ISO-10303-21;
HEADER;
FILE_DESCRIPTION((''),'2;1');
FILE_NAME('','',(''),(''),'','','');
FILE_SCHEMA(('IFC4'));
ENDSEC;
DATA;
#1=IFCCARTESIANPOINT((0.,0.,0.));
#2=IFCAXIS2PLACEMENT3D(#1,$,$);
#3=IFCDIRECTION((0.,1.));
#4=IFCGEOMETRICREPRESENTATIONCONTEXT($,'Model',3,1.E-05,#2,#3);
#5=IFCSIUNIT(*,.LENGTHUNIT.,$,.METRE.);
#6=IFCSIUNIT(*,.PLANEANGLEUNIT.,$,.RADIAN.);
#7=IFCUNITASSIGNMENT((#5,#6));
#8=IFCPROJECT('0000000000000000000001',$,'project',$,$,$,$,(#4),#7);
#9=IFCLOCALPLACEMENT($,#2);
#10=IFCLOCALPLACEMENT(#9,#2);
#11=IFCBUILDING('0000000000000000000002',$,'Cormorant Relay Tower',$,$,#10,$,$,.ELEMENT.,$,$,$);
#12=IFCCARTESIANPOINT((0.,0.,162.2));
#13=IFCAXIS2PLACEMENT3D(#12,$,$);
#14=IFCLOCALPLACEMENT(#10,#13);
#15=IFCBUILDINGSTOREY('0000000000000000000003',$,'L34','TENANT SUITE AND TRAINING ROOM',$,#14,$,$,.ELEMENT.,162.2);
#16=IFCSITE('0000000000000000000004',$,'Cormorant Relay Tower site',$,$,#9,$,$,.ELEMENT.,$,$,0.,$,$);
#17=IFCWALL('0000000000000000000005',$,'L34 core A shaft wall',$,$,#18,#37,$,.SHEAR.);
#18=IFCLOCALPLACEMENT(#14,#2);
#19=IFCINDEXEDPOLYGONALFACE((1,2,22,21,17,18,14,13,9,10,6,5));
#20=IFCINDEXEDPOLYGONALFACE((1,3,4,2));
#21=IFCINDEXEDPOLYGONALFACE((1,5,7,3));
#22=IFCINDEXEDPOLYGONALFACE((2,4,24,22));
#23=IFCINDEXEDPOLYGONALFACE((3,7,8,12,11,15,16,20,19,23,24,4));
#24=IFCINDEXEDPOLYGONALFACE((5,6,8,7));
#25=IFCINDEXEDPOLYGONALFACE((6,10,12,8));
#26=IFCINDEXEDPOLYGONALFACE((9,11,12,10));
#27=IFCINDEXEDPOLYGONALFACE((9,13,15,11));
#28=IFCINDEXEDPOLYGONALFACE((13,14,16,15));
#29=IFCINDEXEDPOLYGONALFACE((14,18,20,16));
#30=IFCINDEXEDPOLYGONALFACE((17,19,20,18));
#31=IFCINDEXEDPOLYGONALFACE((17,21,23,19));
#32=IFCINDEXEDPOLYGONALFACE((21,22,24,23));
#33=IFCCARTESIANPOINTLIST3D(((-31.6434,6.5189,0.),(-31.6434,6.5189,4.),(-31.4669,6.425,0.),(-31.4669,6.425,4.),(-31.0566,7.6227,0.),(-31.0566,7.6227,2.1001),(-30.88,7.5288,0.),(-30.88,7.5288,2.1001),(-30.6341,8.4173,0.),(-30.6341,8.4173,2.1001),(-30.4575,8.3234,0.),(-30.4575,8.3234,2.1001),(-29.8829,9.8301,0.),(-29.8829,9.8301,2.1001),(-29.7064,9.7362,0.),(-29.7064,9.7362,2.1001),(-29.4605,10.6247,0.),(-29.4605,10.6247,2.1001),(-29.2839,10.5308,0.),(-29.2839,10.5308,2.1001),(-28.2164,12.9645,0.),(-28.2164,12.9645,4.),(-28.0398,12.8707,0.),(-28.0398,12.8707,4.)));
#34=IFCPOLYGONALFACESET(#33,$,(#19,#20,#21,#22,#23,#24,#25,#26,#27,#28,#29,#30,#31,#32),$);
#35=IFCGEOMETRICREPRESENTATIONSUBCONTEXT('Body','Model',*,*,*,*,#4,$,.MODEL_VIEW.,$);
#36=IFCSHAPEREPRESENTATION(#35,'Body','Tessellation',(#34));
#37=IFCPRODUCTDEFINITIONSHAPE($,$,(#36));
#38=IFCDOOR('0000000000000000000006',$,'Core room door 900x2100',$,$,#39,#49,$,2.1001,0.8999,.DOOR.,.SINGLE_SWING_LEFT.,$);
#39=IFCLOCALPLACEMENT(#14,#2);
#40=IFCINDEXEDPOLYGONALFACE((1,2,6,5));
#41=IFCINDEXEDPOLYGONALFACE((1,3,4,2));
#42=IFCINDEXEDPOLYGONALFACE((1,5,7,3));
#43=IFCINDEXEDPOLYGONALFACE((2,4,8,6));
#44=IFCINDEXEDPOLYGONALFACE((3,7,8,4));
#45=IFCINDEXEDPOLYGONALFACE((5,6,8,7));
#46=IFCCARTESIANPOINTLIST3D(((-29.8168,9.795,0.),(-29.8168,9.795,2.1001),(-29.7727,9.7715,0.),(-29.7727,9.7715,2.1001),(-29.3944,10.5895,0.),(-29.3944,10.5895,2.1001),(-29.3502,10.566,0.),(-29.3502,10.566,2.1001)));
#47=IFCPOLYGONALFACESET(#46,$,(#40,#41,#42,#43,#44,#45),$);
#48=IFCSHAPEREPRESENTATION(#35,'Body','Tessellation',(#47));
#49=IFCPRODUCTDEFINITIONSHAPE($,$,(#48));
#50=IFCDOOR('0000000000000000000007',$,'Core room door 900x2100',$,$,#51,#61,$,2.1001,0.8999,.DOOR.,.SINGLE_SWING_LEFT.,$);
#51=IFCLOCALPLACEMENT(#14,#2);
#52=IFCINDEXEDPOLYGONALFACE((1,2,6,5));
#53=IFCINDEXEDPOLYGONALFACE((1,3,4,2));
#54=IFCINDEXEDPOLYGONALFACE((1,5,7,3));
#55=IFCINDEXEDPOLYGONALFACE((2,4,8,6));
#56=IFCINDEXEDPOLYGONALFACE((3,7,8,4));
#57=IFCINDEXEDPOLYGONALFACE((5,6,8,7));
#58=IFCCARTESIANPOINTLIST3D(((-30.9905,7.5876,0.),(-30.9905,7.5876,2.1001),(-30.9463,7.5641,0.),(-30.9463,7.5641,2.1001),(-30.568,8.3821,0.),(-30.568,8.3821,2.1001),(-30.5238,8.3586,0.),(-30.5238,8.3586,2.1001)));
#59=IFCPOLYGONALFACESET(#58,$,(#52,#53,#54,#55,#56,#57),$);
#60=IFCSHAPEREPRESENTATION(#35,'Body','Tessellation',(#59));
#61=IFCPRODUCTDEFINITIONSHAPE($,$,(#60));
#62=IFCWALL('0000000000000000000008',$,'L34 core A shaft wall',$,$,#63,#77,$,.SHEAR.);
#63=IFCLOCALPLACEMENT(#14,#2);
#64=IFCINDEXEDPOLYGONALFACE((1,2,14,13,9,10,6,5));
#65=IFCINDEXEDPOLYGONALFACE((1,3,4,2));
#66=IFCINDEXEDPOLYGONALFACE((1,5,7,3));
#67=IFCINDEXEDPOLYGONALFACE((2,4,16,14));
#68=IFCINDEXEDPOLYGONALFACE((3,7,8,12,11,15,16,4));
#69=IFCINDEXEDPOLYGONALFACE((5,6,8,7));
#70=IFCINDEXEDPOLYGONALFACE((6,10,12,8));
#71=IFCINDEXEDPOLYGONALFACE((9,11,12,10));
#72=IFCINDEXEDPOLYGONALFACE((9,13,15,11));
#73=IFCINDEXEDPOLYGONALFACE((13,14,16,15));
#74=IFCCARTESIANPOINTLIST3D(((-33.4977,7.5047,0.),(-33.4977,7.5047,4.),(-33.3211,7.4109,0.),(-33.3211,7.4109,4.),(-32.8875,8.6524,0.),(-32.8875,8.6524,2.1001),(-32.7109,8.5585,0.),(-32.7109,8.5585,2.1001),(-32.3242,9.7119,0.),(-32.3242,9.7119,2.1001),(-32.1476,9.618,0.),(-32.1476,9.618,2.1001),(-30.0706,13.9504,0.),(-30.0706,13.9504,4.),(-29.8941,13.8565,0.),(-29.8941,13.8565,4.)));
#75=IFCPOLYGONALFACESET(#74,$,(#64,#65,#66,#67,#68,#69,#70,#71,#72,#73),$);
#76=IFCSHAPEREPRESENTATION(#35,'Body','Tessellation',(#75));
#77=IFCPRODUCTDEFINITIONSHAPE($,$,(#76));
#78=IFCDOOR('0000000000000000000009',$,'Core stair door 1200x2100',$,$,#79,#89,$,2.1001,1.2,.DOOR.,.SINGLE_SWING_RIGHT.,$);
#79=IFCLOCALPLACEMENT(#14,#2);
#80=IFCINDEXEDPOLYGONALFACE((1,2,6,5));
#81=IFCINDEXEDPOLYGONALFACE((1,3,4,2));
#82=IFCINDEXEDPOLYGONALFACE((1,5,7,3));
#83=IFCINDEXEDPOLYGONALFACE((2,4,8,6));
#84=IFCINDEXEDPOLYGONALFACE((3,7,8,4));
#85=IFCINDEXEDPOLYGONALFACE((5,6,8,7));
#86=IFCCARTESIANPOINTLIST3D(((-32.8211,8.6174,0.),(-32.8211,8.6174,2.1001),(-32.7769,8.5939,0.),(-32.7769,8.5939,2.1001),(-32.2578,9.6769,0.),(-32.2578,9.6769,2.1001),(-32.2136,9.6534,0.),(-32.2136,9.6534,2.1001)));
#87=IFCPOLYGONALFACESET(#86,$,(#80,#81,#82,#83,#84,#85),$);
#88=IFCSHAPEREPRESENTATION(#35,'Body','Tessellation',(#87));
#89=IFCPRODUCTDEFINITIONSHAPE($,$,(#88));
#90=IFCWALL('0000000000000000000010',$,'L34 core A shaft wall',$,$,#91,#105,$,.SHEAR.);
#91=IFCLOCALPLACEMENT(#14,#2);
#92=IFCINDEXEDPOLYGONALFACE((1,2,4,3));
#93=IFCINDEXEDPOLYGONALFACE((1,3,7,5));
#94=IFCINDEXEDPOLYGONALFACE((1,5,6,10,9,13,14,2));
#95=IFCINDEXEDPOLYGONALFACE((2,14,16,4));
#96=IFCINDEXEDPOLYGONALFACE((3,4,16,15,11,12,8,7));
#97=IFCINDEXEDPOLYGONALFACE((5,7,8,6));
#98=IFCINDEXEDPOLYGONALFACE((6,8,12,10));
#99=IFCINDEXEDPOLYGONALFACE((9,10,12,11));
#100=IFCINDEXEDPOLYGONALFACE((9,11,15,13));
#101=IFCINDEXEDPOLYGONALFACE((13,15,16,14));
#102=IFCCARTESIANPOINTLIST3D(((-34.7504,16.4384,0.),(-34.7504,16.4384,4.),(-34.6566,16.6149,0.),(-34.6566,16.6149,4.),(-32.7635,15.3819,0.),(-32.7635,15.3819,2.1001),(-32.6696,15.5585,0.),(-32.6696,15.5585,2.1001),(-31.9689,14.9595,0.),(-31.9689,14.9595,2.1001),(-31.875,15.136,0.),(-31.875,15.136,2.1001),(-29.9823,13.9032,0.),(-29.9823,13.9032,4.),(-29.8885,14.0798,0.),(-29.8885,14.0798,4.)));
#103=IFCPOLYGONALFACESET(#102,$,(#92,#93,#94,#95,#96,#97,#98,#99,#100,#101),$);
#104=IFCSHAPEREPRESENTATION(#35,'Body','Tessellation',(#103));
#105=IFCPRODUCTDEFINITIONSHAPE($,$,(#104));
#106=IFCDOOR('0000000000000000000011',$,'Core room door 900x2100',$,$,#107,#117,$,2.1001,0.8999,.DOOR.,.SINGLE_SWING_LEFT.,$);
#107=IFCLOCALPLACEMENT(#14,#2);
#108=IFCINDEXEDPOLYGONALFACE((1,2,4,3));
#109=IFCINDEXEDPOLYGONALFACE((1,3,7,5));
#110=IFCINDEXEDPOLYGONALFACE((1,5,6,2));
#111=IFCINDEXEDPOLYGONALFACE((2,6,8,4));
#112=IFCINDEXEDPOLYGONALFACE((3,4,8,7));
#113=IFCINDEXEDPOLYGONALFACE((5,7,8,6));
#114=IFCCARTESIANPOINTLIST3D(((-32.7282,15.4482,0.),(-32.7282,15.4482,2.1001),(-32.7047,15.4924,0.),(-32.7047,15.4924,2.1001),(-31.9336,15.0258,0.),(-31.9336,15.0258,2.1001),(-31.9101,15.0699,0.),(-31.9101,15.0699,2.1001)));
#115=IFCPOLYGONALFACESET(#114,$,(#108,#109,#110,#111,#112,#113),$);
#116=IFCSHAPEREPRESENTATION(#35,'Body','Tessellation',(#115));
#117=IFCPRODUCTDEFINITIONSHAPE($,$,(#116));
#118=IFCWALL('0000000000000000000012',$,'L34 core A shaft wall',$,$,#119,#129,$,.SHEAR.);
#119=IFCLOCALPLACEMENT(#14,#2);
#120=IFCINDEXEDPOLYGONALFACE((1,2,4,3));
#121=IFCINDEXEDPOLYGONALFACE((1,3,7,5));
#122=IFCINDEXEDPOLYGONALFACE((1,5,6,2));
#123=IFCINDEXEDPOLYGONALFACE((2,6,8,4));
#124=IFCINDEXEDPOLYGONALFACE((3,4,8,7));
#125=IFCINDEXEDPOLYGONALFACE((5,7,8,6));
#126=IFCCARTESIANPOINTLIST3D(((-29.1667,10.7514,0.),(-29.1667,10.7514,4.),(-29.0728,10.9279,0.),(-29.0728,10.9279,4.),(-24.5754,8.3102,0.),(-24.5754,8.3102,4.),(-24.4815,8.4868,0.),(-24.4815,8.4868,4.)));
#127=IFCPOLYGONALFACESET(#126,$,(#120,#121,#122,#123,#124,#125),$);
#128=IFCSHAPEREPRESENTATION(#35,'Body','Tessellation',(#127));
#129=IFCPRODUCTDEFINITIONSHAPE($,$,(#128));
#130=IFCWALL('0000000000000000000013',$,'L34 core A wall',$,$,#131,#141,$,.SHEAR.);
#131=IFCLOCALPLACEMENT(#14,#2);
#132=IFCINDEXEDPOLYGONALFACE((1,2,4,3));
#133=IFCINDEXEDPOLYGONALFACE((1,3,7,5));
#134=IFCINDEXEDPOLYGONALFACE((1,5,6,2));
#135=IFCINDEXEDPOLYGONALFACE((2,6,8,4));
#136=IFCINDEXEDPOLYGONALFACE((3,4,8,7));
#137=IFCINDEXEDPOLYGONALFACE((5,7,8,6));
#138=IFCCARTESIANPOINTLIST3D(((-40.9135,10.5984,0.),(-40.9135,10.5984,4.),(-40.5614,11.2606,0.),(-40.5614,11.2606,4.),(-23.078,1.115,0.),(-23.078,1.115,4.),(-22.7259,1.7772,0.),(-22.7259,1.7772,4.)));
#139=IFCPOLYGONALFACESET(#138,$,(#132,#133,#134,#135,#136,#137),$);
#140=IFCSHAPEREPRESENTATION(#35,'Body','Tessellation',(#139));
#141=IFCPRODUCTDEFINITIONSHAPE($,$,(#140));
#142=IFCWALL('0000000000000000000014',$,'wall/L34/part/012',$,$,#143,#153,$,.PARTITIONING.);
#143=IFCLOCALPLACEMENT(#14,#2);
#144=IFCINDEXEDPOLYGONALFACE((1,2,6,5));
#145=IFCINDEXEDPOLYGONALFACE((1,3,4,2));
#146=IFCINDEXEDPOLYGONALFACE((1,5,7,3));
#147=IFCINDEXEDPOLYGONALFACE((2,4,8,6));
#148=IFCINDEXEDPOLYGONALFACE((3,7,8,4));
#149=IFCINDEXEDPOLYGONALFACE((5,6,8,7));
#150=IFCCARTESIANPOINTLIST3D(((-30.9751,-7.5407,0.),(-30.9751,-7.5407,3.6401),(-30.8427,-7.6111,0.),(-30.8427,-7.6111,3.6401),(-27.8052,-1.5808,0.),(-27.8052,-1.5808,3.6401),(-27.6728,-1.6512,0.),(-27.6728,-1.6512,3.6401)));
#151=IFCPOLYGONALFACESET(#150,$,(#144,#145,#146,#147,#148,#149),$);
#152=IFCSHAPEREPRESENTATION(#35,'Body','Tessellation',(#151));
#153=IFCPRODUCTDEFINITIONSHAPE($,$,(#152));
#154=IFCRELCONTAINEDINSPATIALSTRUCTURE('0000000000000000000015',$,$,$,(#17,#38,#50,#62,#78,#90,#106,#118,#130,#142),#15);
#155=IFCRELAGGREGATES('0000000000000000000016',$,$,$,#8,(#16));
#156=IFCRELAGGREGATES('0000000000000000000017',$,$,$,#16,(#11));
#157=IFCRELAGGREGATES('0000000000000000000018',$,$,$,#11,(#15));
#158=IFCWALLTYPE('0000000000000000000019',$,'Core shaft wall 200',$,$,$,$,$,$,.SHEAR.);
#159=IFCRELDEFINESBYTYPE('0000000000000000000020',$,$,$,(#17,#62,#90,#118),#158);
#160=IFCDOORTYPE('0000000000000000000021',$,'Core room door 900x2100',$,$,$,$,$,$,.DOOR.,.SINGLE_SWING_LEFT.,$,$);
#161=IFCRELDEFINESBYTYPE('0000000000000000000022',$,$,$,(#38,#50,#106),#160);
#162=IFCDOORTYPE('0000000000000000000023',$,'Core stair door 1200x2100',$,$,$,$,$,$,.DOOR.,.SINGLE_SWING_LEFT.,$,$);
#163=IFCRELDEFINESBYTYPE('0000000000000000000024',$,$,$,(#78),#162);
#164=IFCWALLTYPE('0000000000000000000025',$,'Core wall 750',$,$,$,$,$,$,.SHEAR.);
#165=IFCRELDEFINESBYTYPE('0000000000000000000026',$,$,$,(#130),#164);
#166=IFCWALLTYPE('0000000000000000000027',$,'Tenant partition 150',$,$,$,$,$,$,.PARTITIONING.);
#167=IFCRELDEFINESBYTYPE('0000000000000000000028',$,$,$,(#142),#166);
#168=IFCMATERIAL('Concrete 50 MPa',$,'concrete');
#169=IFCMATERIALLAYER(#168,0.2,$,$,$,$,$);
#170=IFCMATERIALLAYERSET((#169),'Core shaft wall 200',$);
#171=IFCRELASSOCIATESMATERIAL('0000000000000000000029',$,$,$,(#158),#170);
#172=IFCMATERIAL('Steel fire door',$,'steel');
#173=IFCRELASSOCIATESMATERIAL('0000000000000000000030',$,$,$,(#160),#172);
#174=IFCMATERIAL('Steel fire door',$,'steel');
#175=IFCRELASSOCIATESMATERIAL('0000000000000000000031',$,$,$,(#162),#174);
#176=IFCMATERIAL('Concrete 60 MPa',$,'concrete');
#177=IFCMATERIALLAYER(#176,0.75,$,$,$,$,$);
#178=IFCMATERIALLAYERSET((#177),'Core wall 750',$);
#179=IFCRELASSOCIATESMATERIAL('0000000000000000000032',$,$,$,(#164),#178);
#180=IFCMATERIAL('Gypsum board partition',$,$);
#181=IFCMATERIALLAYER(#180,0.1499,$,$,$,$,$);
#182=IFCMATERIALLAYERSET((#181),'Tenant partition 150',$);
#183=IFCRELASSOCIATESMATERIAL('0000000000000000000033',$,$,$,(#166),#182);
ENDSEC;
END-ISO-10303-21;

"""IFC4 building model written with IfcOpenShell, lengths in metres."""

from ifc_helpers import new_model, si_unit, direction, frame, frame_2d, origin, place, context, subcontext, project, spatial, rectangle, extrude, material, layer, layer_set, type_object, element, fill, save


model = new_model("IFC4")

# Units and contexts
model_context = context("Model", 3, precision=1e-05, world=origin(), true_north=direction((0.0, 1.0)))
body_context = subcontext(model_context, "Body", "Model", "MODEL_VIEW")
ifc_project = project(units=[si_unit("LENGTHUNIT", "METRE"), si_unit("PLANEANGLEUNIT", "RADIAN")], contexts=[model_context])

# Site, building, storey
site_placement = place(None, origin())
site = spatial("IfcSite", under=ifc_project, at=site_placement, Name="Cormorant Relay Tower site", CompositionType="ELEMENT", RefElevation=0.0)
building_placement = place(site_placement, origin())
building = spatial("IfcBuilding", under=site, at=building_placement, Name="Cormorant Relay Tower", CompositionType="ELEMENT")
storey_placement = place(building_placement, frame((0.0, 0.0, 162.2)))
storey = spatial("IfcBuildingStorey", under=building, at=storey_placement, Name="L34", Description="TENANT SUITE AND TRAINING ROOM", CompositionType="ELEMENT", Elevation=162.2)

# Shared definitions
ifc_material_1 = material(Name="Concrete 50 MPa", Category="concrete")
ifc_layer_1 = layer(ifc_material_1, 0.2)
ifc_layer_set_1 = layer_set([ifc_layer_1], Name="Core shaft wall 200")
wall_type_1 = type_object("IfcWallType", Name="Core shaft wall 200", PredefinedType="SHEAR", material=ifc_layer_set_1)

# Wall, openings, doors
wall_1_placement = place(storey_placement, frame((-28.1282, 12.9175, 0.0), z_axis=(0.0, 0.0, 1.0), x_axis=(-0.469454, -0.882957, 0.0)))
wall_1 = element("IfcWall", 1, at=wall_1_placement, inside=storey, type_object=wall_type_1, Name="L34 core A shaft wall", PredefinedType="SHEAR", context=body_context, shape_type="SweptSolid", body=[
    extrude(rectangle(XDim=7.3, YDim=0.2, at=frame_2d((3.6499, 0.0))), origin(), (0.0, 0.0, 1.0), 4.0),
])
opening_1_placement = place(wall_1_placement, frame((2.6499, 0.0, 0.0)))
opening_1 = element("IfcOpeningElement", 2, at=opening_1_placement, cuts=wall_1, PredefinedType="OPENING", context=body_context, shape_type="SweptSolid", body=[
    extrude(rectangle(XDim=0.8999, YDim=2.1001, at=frame_2d((0.45, 1.05))), frame((0.0, 0.1099, 0.0), z_axis=(0.0, -1.0, 0.0), x_axis=(1.0, 0.0, 0.0)), (0.0, 0.0, 1.0), 0.22),
])
opening_2_placement = place(wall_1_placement, frame((5.1499, 0.0, 0.0)))
opening_2 = element("IfcOpeningElement", 3, at=opening_2_placement, cuts=wall_1, PredefinedType="OPENING", context=body_context, shape_type="SweptSolid", body=[
    extrude(rectangle(XDim=0.8999, YDim=2.1001, at=frame_2d((0.45, 1.05))), frame((0.0, 0.1099, 0.0), z_axis=(0.0, -1.0, 0.0), x_axis=(1.0, 0.0, 0.0)), (0.0, 0.0, 1.0), 0.22),
])
ifc_material_2 = material(Name="Steel fire door", Category="steel")
door_type_1 = type_object("IfcDoorType", Name="Core room door 900x2100", OperationType="SINGLE_SWING_LEFT", PredefinedType="DOOR", material=ifc_material_2)
door_1_placement = place(opening_1_placement, origin())
door_1 = element("IfcDoor", 4, at=door_1_placement, inside=storey, type_object=door_type_1, Name="Core room door 900x2100", OperationType="SINGLE_SWING_LEFT", OverallHeight=2.1001, OverallWidth=0.8999, PredefinedType="DOOR", context=body_context, shape_type="SweptSolid", body=[
    extrude(rectangle(XDim=0.8999, YDim=2.1001, at=frame_2d((0.45, 1.05))), frame((0.0, 0.0249, 0.0), z_axis=(0.0, -1.0, 0.0), x_axis=(1.0, 0.0, 0.0)), (0.0, 0.0, 1.0), 0.05),
])
fill(opening_1, door_1)
door_2_placement = place(opening_2_placement, origin())
door_2 = element("IfcDoor", 5, at=door_2_placement, inside=storey, type_object=door_type_1, Name="Core room door 900x2100", OperationType="SINGLE_SWING_LEFT", OverallHeight=2.1001, OverallWidth=0.8999, PredefinedType="DOOR", context=body_context, shape_type="SweptSolid", body=[
    extrude(rectangle(XDim=0.8999, YDim=2.1001, at=frame_2d((0.45, 1.05))), frame((0.0, 0.0249, 0.0), z_axis=(0.0, -1.0, 0.0), x_axis=(1.0, 0.0, 0.0)), (0.0, 0.0, 1.0), 0.05),
])
fill(opening_2, door_2)

# Walls, openings, doors
wall_2_placement = place(storey_placement, frame((-29.9824, 13.9033, 0.0), z_axis=(0.0, 0.0, 1.0), x_axis=(-0.469454, -0.882957, 0.0)))
wall_2 = element("IfcWall", 6, at=wall_2_placement, inside=storey, type_object=wall_type_1, Name="L34 core A shaft wall", PredefinedType="SHEAR", context=body_context, shape_type="SweptSolid", body=[
    extrude(rectangle(XDim=7.3, YDim=0.2, at=frame_2d((3.6499, 0.0))), origin(), (0.0, 0.0, 1.0), 4.0),
])
opening_3_placement = place(wall_2_placement, frame((4.8, 0.0, 0.0)))
opening_3 = element("IfcOpeningElement", 7, at=opening_3_placement, cuts=wall_2, PredefinedType="OPENING", context=body_context, shape_type="SweptSolid", body=[
    extrude(rectangle(XDim=1.2, YDim=2.1001, at=frame_2d((0.6001, 1.05))), frame((0.0, 0.1099, 0.0), z_axis=(0.0, -1.0, 0.0), x_axis=(1.0, 0.0, 0.0)), (0.0, 0.0, 1.0), 0.22),
])
ifc_material_3 = material(Name="Steel fire door", Category="steel")
door_type_2 = type_object("IfcDoorType", Name="Core stair door 1200x2100", OperationType="SINGLE_SWING_LEFT", PredefinedType="DOOR", material=ifc_material_3)
door_3_placement = place(opening_3_placement, frame((1.2, 0.0, 0.0), z_axis=(0.0, 0.0, 1.0), x_axis=(-1.0, 0.0, 0.0)))
door_3 = element("IfcDoor", 8, at=door_3_placement, inside=storey, type_object=door_type_2, Name="Core stair door 1200x2100", OperationType="SINGLE_SWING_RIGHT", OverallHeight=2.1001, OverallWidth=1.2, PredefinedType="DOOR", context=body_context, shape_type="SweptSolid", body=[
    extrude(rectangle(XDim=1.2, YDim=2.1001, at=frame_2d((0.6001, 1.05))), frame((0.0, 0.0249, 0.0), z_axis=(0.0, -1.0, 0.0), x_axis=(1.0, 0.0, 0.0)), (0.0, 0.0, 1.0), 0.05),
])
fill(opening_3, door_3)
wall_3_placement = place(storey_placement, frame((-29.9353, 13.9915, 0.0), z_axis=(0.0, 0.0, 1.0), x_axis=(-0.882953, 0.469462, 0.0)))
wall_3 = element("IfcWall", 9, at=wall_3_placement, inside=storey, type_object=wall_type_1, Name="L34 core A shaft wall", PredefinedType="SHEAR", context=body_context, shape_type="SweptSolid", body=[
    extrude(rectangle(XDim=5.4001, YDim=0.2, at=frame_2d((2.7002, 0.0))), origin(), (0.0, 0.0, 1.0), 4.0),
])
opening_4_placement = place(wall_3_placement, frame((2.25, 0.0, 0.0)))
opening_4 = element("IfcOpeningElement", 10, at=opening_4_placement, cuts=wall_3, PredefinedType="OPENING", context=body_context, shape_type="SweptSolid", body=[
    extrude(rectangle(XDim=0.8999, YDim=2.1001, at=frame_2d((0.45, 1.05))), frame((0.0, 0.1099, 0.0), z_axis=(0.0, -1.0, 0.0), x_axis=(1.0, 0.0, 0.0)), (0.0, 0.0, 1.0), 0.22),
])
door_4_placement = place(opening_4_placement, origin())
door_4 = element("IfcDoor", 11, at=door_4_placement, inside=storey, type_object=door_type_1, Name="Core room door 900x2100", OperationType="SINGLE_SWING_LEFT", OverallHeight=2.1001, OverallWidth=0.8999, PredefinedType="DOOR", context=body_context, shape_type="SweptSolid", body=[
    extrude(rectangle(XDim=0.8999, YDim=2.1001, at=frame_2d((0.45, 1.05))), frame((0.0, 0.0249, 0.0), z_axis=(0.0, -1.0, 0.0), x_axis=(1.0, 0.0, 0.0)), (0.0, 0.0, 1.0), 0.05),
])
fill(opening_4, door_4)

# Walls
wall_4_placement = place(storey_placement, frame((-24.5283, 8.3984, 0.0), z_axis=(0.0, 0.0, 1.0), x_axis=(-0.882954, 0.46946, 0.0)))
element("IfcWall", 12, at=wall_4_placement, inside=storey, type_object=wall_type_1, Name="L34 core A shaft wall", PredefinedType="SHEAR", context=body_context, shape_type="SweptSolid", body=[
    extrude(rectangle(XDim=5.2, YDim=0.2, at=frame_2d((2.6001, 0.0))), origin(), (0.0, 0.0, 1.0), 4.0),
])
ifc_material_4 = material(Name="Concrete 60 MPa", Category="concrete")
ifc_layer_2 = layer(ifc_material_4, 0.75)
ifc_layer_set_2 = layer_set([ifc_layer_2], Name="Core wall 750")
wall_type_2 = type_object("IfcWallType", Name="Core wall 750", PredefinedType="SHEAR", material=ifc_layer_set_2)
wall_5_placement = place(storey_placement, frame((-22.9019, 1.446, 0.0), z_axis=(0.0, 0.0, 1.0), x_axis=(-0.882945, 0.469476, 0.0)))
element("IfcWall", 13, at=wall_5_placement, inside=storey, type_object=wall_type_2, Name="L34 core A wall", PredefinedType="SHEAR", context=body_context, shape_type="SweptSolid", body=[
    extrude(rectangle(XDim=20.2, YDim=0.75, at=frame_2d((10.1001, 0.0))), origin(), (0.0, 0.0, 1.0), 4.0),
])
ifc_material_5 = material(Name="Gypsum board partition")
ifc_layer_3 = layer(ifc_material_5, 0.1499)
ifc_layer_set_3 = layer_set([ifc_layer_3], Name="Tenant partition 150")
wall_type_3 = type_object("IfcWallType", Name="Tenant partition 150", PredefinedType="PARTITIONING", material=ifc_layer_set_3)
wall_6_placement = place(storey_placement, frame((-27.739, -1.616, 0.0), z_axis=(0.0, 0.0, 1.0), x_axis=(-0.469582, -0.882889, 0.0)))
element("IfcWall", 14, at=wall_6_placement, inside=storey, type_object=wall_type_3, Name="wall/L34/part/012", PredefinedType="PARTITIONING", context=body_context, shape_type="SweptSolid", body=[
    extrude(rectangle(XDim=6.7505, YDim=0.1499, at=frame_2d((3.3752, 0.0))), origin(), (0.0, 0.0, 1.0), 3.6401),
])

save(model, "model.ifc")
